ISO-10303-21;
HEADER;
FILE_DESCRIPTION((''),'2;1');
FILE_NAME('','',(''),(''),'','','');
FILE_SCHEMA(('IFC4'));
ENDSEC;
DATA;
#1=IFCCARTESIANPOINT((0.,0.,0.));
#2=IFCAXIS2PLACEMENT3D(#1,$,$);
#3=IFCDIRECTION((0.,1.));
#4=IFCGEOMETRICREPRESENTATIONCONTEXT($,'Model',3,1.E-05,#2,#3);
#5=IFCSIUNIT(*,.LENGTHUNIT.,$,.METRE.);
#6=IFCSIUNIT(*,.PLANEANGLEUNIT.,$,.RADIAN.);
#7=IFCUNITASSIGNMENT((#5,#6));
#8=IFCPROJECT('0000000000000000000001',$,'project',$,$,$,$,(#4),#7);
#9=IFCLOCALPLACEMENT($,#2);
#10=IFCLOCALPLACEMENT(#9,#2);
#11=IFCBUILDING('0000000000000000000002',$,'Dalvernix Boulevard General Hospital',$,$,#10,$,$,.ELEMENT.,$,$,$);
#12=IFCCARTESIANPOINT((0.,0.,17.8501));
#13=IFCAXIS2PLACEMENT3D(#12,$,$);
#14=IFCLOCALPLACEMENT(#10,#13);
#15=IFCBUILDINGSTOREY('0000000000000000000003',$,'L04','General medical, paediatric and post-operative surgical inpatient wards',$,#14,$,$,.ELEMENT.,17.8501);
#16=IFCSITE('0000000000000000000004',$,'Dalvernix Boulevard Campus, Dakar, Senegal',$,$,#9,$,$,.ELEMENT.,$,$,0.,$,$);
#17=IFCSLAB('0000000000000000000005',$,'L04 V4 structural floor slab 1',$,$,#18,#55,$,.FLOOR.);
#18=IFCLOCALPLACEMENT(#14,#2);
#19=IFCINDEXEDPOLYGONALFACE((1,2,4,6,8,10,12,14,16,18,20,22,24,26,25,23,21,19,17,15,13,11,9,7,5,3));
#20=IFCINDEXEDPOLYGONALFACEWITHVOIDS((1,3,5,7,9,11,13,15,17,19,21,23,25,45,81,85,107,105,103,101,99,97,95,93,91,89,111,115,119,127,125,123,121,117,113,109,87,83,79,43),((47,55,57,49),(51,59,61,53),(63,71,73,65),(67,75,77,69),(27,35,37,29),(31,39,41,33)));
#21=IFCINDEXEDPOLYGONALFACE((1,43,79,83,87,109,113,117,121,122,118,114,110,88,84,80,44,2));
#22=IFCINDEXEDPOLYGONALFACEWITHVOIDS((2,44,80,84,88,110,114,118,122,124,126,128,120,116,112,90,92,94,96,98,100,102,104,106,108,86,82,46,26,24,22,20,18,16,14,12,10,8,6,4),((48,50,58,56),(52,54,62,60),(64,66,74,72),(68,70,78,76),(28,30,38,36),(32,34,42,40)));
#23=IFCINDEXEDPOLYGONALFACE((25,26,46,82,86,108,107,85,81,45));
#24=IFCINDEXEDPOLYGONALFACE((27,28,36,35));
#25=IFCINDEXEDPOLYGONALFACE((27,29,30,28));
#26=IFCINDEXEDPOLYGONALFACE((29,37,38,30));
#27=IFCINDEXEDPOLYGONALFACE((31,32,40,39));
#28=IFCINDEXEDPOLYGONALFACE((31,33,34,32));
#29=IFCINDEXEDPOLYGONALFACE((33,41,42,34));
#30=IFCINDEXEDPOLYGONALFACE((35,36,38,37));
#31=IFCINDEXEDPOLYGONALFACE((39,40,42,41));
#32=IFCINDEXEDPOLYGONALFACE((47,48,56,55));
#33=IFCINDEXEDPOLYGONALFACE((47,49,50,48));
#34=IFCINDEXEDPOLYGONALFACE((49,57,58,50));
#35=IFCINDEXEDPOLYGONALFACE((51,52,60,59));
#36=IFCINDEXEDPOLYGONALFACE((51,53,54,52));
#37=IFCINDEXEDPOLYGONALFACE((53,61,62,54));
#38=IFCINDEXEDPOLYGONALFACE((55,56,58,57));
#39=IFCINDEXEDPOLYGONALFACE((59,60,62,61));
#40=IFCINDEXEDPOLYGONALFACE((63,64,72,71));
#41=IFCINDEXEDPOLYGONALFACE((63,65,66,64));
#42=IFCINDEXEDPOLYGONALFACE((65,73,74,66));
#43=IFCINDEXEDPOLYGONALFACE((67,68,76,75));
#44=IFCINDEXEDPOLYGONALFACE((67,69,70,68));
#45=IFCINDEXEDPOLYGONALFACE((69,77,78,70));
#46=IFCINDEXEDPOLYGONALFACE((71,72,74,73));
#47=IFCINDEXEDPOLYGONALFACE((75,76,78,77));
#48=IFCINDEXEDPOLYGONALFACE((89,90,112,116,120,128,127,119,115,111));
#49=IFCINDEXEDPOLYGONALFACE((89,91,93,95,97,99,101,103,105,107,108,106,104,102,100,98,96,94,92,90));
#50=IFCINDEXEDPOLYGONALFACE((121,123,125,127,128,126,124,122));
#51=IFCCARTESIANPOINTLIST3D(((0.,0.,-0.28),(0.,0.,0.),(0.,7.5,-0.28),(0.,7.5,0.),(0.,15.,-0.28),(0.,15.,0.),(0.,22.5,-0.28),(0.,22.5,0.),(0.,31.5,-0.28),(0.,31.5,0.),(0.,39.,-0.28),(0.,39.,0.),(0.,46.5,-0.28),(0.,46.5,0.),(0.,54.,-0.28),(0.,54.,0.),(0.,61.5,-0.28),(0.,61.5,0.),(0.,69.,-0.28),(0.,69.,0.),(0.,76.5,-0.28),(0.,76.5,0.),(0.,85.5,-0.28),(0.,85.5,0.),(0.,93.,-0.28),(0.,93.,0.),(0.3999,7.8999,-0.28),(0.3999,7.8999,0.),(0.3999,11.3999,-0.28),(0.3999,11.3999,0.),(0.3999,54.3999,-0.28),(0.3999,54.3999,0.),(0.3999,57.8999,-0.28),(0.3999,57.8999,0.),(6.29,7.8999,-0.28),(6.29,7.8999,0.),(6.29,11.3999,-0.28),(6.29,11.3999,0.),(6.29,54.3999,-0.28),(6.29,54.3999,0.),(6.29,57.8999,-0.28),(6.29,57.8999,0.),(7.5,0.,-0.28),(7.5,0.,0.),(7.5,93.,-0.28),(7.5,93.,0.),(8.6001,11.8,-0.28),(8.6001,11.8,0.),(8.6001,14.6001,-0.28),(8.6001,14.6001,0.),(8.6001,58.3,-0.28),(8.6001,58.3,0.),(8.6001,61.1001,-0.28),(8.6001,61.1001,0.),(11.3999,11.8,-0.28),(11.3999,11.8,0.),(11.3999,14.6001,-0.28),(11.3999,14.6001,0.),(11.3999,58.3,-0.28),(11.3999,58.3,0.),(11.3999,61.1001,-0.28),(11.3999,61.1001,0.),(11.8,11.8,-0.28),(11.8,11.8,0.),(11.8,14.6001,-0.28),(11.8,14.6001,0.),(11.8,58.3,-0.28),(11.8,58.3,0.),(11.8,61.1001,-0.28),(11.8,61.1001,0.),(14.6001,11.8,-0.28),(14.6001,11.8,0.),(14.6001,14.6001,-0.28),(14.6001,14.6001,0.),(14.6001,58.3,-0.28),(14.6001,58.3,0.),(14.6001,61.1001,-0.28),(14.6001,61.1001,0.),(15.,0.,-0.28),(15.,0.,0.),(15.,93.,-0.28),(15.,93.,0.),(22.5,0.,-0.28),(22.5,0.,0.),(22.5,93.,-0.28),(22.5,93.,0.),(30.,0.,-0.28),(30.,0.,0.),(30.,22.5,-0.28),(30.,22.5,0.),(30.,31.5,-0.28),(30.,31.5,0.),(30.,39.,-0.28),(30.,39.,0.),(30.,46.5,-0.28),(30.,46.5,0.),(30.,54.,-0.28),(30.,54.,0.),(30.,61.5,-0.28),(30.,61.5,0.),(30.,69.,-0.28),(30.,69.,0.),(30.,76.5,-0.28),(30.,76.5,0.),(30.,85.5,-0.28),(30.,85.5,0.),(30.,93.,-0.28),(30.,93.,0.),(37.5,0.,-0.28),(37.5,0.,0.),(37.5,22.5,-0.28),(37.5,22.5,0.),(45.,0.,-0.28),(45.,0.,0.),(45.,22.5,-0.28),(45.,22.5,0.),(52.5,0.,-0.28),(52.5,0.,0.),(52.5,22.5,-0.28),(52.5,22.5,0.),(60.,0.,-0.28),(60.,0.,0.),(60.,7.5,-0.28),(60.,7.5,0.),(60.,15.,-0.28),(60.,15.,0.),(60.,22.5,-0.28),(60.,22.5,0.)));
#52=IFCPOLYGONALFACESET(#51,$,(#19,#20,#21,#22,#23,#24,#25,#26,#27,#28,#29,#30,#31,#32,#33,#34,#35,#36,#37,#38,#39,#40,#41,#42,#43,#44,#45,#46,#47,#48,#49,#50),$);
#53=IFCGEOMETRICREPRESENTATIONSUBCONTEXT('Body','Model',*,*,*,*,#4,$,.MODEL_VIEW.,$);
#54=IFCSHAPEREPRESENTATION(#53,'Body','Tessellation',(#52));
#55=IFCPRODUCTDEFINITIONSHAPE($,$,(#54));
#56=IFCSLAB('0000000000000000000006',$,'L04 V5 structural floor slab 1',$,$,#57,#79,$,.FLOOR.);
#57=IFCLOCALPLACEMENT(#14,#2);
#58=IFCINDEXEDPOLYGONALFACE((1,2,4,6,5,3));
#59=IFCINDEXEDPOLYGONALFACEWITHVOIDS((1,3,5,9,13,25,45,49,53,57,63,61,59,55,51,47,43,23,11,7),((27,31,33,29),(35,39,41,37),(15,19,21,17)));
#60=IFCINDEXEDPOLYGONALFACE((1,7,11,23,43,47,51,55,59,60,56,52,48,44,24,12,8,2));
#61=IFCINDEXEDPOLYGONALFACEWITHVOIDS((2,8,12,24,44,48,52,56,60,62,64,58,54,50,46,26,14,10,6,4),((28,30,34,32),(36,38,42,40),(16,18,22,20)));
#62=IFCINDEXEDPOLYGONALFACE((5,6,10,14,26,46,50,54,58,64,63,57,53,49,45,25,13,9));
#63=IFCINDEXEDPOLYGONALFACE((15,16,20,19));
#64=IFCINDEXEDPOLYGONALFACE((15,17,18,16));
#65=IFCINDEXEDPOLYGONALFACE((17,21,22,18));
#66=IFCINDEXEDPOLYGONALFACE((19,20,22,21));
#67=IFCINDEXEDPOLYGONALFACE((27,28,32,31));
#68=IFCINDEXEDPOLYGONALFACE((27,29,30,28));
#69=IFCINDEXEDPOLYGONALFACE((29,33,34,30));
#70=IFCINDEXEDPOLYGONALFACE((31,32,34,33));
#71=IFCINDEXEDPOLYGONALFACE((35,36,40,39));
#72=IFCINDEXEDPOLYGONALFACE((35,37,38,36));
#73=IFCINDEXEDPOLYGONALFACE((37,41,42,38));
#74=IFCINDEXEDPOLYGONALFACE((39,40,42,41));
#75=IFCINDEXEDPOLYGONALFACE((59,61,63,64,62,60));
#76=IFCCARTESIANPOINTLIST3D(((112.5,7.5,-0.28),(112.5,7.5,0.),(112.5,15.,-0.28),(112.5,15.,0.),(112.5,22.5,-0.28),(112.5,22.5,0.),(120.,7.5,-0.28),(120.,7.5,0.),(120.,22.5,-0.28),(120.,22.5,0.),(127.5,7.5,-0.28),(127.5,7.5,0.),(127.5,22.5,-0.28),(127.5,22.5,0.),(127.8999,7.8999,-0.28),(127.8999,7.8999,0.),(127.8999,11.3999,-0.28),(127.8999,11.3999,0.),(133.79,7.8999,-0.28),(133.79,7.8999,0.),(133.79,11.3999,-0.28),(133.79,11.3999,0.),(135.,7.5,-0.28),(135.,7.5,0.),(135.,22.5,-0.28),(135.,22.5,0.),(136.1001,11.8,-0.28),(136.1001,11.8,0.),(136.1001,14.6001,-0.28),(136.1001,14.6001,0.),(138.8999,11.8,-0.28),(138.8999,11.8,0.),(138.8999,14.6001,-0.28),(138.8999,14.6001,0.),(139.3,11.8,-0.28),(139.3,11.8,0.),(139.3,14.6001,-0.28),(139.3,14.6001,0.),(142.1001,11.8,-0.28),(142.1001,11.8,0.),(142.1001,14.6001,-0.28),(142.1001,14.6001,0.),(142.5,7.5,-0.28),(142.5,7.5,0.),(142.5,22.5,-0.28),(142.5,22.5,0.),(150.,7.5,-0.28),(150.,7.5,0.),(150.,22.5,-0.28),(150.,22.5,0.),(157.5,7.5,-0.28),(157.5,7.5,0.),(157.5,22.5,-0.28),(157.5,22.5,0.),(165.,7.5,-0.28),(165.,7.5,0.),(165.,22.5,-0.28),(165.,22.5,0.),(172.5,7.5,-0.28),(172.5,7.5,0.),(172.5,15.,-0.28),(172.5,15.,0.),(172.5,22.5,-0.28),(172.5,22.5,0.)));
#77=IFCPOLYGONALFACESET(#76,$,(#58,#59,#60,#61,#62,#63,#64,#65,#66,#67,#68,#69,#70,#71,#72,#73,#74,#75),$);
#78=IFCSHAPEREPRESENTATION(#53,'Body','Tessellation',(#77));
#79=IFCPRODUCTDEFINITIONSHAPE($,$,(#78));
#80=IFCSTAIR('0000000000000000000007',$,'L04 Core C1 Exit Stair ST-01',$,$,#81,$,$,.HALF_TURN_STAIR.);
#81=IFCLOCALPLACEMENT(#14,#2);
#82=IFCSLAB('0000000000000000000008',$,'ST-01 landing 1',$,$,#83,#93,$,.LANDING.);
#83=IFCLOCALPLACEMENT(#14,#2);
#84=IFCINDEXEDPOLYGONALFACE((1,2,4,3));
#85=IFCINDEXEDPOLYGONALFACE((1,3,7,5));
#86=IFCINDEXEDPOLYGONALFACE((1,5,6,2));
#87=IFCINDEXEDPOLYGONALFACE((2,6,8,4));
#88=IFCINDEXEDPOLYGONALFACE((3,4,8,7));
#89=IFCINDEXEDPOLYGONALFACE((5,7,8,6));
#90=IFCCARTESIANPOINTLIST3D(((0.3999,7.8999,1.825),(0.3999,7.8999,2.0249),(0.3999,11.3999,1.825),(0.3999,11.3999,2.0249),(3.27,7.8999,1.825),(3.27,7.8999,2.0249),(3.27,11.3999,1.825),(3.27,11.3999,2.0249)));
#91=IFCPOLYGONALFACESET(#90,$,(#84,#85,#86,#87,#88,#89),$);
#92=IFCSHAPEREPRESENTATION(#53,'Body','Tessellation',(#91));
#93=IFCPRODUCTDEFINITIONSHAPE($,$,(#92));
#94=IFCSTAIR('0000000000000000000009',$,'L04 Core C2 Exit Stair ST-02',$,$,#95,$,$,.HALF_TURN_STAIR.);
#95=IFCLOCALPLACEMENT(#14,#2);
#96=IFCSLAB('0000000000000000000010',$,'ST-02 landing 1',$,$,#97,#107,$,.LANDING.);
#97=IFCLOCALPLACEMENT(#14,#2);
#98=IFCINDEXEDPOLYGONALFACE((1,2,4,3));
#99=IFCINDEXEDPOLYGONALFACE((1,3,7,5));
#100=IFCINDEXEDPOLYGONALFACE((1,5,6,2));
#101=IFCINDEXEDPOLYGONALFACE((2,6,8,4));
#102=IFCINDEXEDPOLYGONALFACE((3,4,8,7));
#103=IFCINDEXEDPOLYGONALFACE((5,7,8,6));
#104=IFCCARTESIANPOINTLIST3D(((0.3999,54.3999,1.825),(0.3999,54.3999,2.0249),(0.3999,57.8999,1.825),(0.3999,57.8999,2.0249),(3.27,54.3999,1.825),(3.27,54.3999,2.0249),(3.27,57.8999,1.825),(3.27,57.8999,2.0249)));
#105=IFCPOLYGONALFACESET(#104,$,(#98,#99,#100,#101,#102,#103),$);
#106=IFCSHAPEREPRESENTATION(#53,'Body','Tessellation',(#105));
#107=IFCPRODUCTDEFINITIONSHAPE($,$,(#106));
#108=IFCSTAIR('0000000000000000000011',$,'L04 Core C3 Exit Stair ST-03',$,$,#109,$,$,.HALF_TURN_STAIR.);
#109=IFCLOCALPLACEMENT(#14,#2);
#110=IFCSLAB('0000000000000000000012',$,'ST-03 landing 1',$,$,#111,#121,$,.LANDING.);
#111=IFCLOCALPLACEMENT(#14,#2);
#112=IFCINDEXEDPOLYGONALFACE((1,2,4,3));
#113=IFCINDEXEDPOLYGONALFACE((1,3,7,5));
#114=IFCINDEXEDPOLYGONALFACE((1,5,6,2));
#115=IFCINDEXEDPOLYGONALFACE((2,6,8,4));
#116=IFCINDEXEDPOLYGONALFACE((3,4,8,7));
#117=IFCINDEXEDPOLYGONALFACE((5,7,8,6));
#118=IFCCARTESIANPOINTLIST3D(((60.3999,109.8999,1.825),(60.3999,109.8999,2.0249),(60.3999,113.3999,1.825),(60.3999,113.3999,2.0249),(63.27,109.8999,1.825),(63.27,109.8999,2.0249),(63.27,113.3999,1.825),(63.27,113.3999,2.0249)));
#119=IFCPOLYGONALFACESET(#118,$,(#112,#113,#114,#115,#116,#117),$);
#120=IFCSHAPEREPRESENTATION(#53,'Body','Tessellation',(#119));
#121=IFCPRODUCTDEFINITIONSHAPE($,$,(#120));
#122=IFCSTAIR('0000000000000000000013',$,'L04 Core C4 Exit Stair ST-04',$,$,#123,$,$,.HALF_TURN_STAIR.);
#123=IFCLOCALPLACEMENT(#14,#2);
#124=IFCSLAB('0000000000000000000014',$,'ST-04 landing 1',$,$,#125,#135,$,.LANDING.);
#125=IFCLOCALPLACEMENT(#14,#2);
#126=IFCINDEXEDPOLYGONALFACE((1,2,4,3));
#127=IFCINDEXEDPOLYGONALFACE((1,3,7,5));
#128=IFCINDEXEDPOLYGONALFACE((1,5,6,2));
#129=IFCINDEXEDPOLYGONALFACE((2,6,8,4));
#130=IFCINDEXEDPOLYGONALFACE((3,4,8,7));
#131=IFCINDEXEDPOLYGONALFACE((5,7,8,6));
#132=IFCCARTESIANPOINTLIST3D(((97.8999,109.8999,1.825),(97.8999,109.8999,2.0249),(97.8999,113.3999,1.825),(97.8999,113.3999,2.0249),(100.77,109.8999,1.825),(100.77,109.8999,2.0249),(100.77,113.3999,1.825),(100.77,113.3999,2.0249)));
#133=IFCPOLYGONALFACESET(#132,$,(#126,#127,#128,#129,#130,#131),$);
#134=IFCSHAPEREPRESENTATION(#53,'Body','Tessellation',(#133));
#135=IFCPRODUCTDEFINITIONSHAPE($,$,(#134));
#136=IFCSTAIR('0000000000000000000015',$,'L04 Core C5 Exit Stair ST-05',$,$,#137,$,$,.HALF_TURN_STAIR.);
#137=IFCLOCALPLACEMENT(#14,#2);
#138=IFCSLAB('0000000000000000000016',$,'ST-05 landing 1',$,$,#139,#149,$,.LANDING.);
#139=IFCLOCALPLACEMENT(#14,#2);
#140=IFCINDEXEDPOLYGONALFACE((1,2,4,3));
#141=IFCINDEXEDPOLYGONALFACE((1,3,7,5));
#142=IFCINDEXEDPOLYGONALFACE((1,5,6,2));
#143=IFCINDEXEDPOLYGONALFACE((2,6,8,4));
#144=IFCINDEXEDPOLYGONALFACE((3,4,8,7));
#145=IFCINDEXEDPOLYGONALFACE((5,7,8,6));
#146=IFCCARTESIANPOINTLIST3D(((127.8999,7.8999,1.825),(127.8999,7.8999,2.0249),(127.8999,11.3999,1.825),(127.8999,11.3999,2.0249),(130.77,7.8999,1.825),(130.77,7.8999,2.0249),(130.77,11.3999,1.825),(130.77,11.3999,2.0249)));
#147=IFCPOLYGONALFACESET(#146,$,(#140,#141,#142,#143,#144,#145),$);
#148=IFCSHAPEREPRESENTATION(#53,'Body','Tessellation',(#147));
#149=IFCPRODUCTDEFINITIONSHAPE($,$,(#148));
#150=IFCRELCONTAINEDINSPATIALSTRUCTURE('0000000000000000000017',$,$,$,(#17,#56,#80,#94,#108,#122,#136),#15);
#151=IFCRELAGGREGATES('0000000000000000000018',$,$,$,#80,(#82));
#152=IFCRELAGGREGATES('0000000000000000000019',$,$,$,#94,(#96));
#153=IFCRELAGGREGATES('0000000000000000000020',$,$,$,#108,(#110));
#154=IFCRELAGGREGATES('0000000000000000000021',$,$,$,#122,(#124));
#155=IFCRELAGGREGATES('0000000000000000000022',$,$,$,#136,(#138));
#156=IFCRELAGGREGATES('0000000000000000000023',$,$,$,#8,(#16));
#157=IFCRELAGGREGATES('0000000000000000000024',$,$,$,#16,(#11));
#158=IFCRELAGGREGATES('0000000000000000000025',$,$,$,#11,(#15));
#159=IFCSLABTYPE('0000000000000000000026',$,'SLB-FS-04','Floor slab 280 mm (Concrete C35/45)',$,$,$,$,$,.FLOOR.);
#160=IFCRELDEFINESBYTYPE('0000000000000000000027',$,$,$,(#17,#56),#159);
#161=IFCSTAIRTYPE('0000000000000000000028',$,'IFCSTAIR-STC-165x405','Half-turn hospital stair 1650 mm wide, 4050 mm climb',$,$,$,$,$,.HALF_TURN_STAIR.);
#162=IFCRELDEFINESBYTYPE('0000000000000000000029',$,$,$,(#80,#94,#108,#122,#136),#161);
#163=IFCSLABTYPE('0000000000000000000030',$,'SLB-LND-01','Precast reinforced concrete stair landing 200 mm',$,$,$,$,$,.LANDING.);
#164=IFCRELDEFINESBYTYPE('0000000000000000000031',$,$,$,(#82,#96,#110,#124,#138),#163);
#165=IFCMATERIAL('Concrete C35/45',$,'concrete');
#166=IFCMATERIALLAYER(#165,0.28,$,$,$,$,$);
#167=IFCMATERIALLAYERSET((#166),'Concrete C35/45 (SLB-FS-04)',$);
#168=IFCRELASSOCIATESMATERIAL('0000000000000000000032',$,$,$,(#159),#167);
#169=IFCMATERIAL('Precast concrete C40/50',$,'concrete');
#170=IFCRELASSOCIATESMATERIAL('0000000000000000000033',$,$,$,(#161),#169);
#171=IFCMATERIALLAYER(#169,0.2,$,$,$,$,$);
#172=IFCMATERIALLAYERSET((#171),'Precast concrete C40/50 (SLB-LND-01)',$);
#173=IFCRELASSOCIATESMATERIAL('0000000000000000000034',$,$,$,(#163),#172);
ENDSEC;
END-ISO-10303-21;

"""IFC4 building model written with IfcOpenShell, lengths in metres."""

from ifc_helpers import new_model, si_unit, direction, frame, origin, place, context, subcontext, project, spatial, polyline, outline, extrude, material, layer, layer_set, type_object, element, aggregate, save


model = new_model("IFC4")

# Units and contexts
model_context = context("Model", 3, precision=1e-05, world=origin(), true_north=direction((0.0, 1.0)))
body_context = subcontext(model_context, "Body", "Model", "MODEL_VIEW")
ifc_project = project(units=[si_unit("LENGTHUNIT", "METRE"), si_unit("PLANEANGLEUNIT", "RADIAN")], contexts=[model_context])

# Site, building, storey
site_placement = place(None, origin())
site = spatial("IfcSite", under=ifc_project, at=site_placement, Name="Dalvernix Boulevard Campus, Dakar, Senegal", CompositionType="ELEMENT", RefElevation=0.0)
building_placement = place(site_placement, origin())
building = spatial("IfcBuilding", under=site, at=building_placement, Name="Dalvernix Boulevard General Hospital", CompositionType="ELEMENT")
storey_placement = place(building_placement, frame((0.0, 0.0, 17.8501)))
storey = spatial("IfcBuildingStorey", under=building, at=storey_placement, Name="L04", Description="General medical, paediatric and post-operative surgical inpatient wards", CompositionType="ELEMENT", Elevation=17.8501)

# Shared definitions
ifc_material_1 = material(Name="Concrete C35/45", Category="concrete")

# Slabs
ifc_layer_1 = layer(ifc_material_1, 0.28)
ifc_layer_set_1 = layer_set([ifc_layer_1], Name="Concrete C35/45 (SLB-FS-04)")
slab_type_1 = type_object("IfcSlabType", Name="SLB-FS-04", Description="Floor slab 280 mm (Concrete C35/45)", PredefinedType="FLOOR", material=ifc_layer_set_1)
slab_1_placement = place(storey_placement, frame((0.0, 0.0, -0.28)))
element("IfcSlab", 1, at=slab_1_placement, inside=storey, type_object=slab_type_1, Name="L04 V4 structural floor slab 1", PredefinedType="FLOOR", context=body_context, shape_type="SweptSolid", body=[
    extrude(outline(polyline([(0.0, 69.0), (0.0, 76.5), (0.0, 85.5), (0.0, 93.0), (7.5, 93.0), (15.0, 93.0), (22.5, 93.0), (30.0, 93.0), (30.0, 85.5), (30.0, 76.5), (30.0, 69.0), (30.0, 61.5), (30.0, 54.0), (30.0, 46.5), (30.0, 39.0), (30.0, 31.5), (30.0, 22.5), (37.5, 22.5), (45.0, 22.5), (52.5, 22.5), (60.0, 22.5), (60.0, 15.0), (60.0, 7.5), (60.0, 0.0), (52.5, 0.0), (45.0, 0.0), (37.5, 0.0), (30.0, 0.0), (22.5, 0.0), (15.0, 0.0), (7.5, 0.0), (0.0, 0.0), (0.0, 7.5), (0.0, 15.0), (0.0, 22.5), (0.0, 31.5), (0.0, 39.0), (0.0, 46.5), (0.0, 54.0), (0.0, 61.5), (0.0, 69.0)]), holes=[polyline([(0.3999, 11.3999), (0.3999, 7.8999), (6.29, 7.8999), (6.29, 11.3999), (0.3999, 11.3999)]), polyline([(11.3999, 14.6001), (8.6001, 14.6001), (8.6001, 11.8), (11.3999, 11.8), (11.3999, 14.6001)]), polyline([(14.6001, 11.8), (14.6001, 14.6001), (11.8, 14.6001), (11.8, 11.8), (14.6001, 11.8)]), polyline([(0.3999, 54.3999), (6.29, 54.3999), (6.29, 57.8999), (0.3999, 57.8999), (0.3999, 54.3999)]), polyline([(8.6001, 61.1001), (8.6001, 58.3), (11.3999, 58.3), (11.3999, 61.1001), (8.6001, 61.1001)]), polyline([(14.6001, 61.1001), (11.8, 61.1001), (11.8, 58.3), (14.6001, 58.3), (14.6001, 61.1001)])]), origin(), (0.0, 0.0, 1.0), 0.28),
])
slab_2_placement = place(storey_placement, frame((0.0, 0.0, -0.28)))
element("IfcSlab", 2, at=slab_2_placement, inside=storey, type_object=slab_type_1, Name="L04 V5 structural floor slab 1", PredefinedType="FLOOR", context=body_context, shape_type="SweptSolid", body=[
    extrude(outline(polyline([(112.5, 7.5), (112.5, 15.0), (112.5, 22.5), (120.0, 22.5), (127.5, 22.5), (135.0, 22.5), (142.5, 22.5), (150.0, 22.5), (157.5, 22.5), (165.0, 22.5), (172.5, 22.5), (172.5, 15.0), (172.5, 7.5), (165.0, 7.5), (157.5, 7.5), (150.0, 7.5), (142.5, 7.5), (135.0, 7.5), (127.5, 7.5), (120.0, 7.5), (112.5, 7.5)]), holes=[polyline([(127.8999, 7.8999), (133.79, 7.8999), (133.79, 11.3999), (127.8999, 11.3999), (127.8999, 7.8999)]), polyline([(136.1001, 14.6001), (136.1001, 11.8), (138.8999, 11.8), (138.8999, 14.6001), (136.1001, 14.6001)]), polyline([(142.1001, 14.6001), (139.3, 14.6001), (139.3, 11.8), (142.1001, 11.8), (142.1001, 14.6001)])]), origin(), (0.0, 0.0, 1.0), 0.28),
])

# Stairs, slabs
ifc_material_2 = material(Name="Precast concrete C40/50", Category="concrete")
stair_type = type_object("IfcStairType", Name="IFCSTAIR-STC-165x405", Description="Half-turn hospital stair 1650 mm wide, 4050 mm climb", PredefinedType="HALF_TURN_STAIR", material=ifc_material_2)
stair_1_placement = place(storey_placement, origin())
stair_1 = element("IfcStair", 3, at=stair_1_placement, inside=storey, type_object=stair_type, Name="L04 Core C1 Exit Stair ST-01", PredefinedType="HALF_TURN_STAIR")
ifc_layer_2 = layer(ifc_material_2, 0.2)
ifc_layer_set_2 = layer_set([ifc_layer_2], Name="Precast concrete C40/50 (SLB-LND-01)")
slab_type_2 = type_object("IfcSlabType", Name="SLB-LND-01", Description="Precast reinforced concrete stair landing 200 mm", PredefinedType="LANDING", material=ifc_layer_set_2)
slab_3_placement = place(storey_placement, frame((0.0, 0.0, 1.825)))
slab_3 = element("IfcSlab", 4, at=slab_3_placement, type_object=slab_type_2, Name="ST-01 landing 1", PredefinedType="LANDING", context=body_context, shape_type="SweptSolid", body=[
    extrude(outline(polyline([(3.27, 11.3999), (0.3999, 11.3999), (0.3999, 7.8999), (3.27, 7.8999), (3.27, 11.3999)])), origin(), (0.0, 0.0, 1.0), 0.2),
])
aggregate(stair_1, [slab_3])
stair_2_placement = place(storey_placement, origin())
stair_2 = element("IfcStair", 5, at=stair_2_placement, inside=storey, type_object=stair_type, Name="L04 Core C2 Exit Stair ST-02", PredefinedType="HALF_TURN_STAIR")
slab_4_placement = place(storey_placement, frame((0.0, 0.0, 1.825)))
slab_4 = element("IfcSlab", 6, at=slab_4_placement, type_object=slab_type_2, Name="ST-02 landing 1", PredefinedType="LANDING", context=body_context, shape_type="SweptSolid", body=[
    extrude(outline(polyline([(3.27, 57.8999), (0.3999, 57.8999), (0.3999, 54.3999), (3.27, 54.3999), (3.27, 57.8999)])), origin(), (0.0, 0.0, 1.0), 0.2),
])
aggregate(stair_2, [slab_4])
stair_3_placement = place(storey_placement, origin())
stair_3 = element("IfcStair", 7, at=stair_3_placement, inside=storey, type_object=stair_type, Name="L04 Core C3 Exit Stair ST-03", PredefinedType="HALF_TURN_STAIR")
slab_5_placement = place(storey_placement, frame((0.0, 0.0, 1.825)))
slab_5 = element("IfcSlab", 8, at=slab_5_placement, type_object=slab_type_2, Name="ST-03 landing 1", PredefinedType="LANDING", context=body_context, shape_type="SweptSolid", body=[
    extrude(outline(polyline([(63.27, 113.3999), (60.3999, 113.3999), (60.3999, 109.8999), (63.27, 109.8999), (63.27, 113.3999)])), origin(), (0.0, 0.0, 1.0), 0.2),
])
aggregate(stair_3, [slab_5])
stair_4_placement = place(storey_placement, origin())
stair_4 = element("IfcStair", 9, at=stair_4_placement, inside=storey, type_object=stair_type, Name="L04 Core C4 Exit Stair ST-04", PredefinedType="HALF_TURN_STAIR")
slab_6_placement = place(storey_placement, frame((0.0, 0.0, 1.825)))
slab_6 = element("IfcSlab", 10, at=slab_6_placement, type_object=slab_type_2, Name="ST-04 landing 1", PredefinedType="LANDING", context=body_context, shape_type="SweptSolid", body=[
    extrude(outline(polyline([(100.77, 113.3999), (97.8999, 113.3999), (97.8999, 109.8999), (100.77, 109.8999), (100.77, 113.3999)])), origin(), (0.0, 0.0, 1.0), 0.2),
])
aggregate(stair_4, [slab_6])
stair_5_placement = place(storey_placement, origin())
stair_5 = element("IfcStair", 11, at=stair_5_placement, inside=storey, type_object=stair_type, Name="L04 Core C5 Exit Stair ST-05", PredefinedType="HALF_TURN_STAIR")
slab_7_placement = place(storey_placement, frame((0.0, 0.0, 1.825)))
slab_7 = element("IfcSlab", 12, at=slab_7_placement, type_object=slab_type_2, Name="ST-05 landing 1", PredefinedType="LANDING", context=body_context, shape_type="SweptSolid", body=[
    extrude(outline(polyline([(130.77, 11.3999), (127.8999, 11.3999), (127.8999, 7.8999), (130.77, 7.8999), (130.77, 11.3999)])), origin(), (0.0, 0.0, 1.0), 0.2),
])
aggregate(stair_5, [slab_7])

save(model, "model.ifc")
